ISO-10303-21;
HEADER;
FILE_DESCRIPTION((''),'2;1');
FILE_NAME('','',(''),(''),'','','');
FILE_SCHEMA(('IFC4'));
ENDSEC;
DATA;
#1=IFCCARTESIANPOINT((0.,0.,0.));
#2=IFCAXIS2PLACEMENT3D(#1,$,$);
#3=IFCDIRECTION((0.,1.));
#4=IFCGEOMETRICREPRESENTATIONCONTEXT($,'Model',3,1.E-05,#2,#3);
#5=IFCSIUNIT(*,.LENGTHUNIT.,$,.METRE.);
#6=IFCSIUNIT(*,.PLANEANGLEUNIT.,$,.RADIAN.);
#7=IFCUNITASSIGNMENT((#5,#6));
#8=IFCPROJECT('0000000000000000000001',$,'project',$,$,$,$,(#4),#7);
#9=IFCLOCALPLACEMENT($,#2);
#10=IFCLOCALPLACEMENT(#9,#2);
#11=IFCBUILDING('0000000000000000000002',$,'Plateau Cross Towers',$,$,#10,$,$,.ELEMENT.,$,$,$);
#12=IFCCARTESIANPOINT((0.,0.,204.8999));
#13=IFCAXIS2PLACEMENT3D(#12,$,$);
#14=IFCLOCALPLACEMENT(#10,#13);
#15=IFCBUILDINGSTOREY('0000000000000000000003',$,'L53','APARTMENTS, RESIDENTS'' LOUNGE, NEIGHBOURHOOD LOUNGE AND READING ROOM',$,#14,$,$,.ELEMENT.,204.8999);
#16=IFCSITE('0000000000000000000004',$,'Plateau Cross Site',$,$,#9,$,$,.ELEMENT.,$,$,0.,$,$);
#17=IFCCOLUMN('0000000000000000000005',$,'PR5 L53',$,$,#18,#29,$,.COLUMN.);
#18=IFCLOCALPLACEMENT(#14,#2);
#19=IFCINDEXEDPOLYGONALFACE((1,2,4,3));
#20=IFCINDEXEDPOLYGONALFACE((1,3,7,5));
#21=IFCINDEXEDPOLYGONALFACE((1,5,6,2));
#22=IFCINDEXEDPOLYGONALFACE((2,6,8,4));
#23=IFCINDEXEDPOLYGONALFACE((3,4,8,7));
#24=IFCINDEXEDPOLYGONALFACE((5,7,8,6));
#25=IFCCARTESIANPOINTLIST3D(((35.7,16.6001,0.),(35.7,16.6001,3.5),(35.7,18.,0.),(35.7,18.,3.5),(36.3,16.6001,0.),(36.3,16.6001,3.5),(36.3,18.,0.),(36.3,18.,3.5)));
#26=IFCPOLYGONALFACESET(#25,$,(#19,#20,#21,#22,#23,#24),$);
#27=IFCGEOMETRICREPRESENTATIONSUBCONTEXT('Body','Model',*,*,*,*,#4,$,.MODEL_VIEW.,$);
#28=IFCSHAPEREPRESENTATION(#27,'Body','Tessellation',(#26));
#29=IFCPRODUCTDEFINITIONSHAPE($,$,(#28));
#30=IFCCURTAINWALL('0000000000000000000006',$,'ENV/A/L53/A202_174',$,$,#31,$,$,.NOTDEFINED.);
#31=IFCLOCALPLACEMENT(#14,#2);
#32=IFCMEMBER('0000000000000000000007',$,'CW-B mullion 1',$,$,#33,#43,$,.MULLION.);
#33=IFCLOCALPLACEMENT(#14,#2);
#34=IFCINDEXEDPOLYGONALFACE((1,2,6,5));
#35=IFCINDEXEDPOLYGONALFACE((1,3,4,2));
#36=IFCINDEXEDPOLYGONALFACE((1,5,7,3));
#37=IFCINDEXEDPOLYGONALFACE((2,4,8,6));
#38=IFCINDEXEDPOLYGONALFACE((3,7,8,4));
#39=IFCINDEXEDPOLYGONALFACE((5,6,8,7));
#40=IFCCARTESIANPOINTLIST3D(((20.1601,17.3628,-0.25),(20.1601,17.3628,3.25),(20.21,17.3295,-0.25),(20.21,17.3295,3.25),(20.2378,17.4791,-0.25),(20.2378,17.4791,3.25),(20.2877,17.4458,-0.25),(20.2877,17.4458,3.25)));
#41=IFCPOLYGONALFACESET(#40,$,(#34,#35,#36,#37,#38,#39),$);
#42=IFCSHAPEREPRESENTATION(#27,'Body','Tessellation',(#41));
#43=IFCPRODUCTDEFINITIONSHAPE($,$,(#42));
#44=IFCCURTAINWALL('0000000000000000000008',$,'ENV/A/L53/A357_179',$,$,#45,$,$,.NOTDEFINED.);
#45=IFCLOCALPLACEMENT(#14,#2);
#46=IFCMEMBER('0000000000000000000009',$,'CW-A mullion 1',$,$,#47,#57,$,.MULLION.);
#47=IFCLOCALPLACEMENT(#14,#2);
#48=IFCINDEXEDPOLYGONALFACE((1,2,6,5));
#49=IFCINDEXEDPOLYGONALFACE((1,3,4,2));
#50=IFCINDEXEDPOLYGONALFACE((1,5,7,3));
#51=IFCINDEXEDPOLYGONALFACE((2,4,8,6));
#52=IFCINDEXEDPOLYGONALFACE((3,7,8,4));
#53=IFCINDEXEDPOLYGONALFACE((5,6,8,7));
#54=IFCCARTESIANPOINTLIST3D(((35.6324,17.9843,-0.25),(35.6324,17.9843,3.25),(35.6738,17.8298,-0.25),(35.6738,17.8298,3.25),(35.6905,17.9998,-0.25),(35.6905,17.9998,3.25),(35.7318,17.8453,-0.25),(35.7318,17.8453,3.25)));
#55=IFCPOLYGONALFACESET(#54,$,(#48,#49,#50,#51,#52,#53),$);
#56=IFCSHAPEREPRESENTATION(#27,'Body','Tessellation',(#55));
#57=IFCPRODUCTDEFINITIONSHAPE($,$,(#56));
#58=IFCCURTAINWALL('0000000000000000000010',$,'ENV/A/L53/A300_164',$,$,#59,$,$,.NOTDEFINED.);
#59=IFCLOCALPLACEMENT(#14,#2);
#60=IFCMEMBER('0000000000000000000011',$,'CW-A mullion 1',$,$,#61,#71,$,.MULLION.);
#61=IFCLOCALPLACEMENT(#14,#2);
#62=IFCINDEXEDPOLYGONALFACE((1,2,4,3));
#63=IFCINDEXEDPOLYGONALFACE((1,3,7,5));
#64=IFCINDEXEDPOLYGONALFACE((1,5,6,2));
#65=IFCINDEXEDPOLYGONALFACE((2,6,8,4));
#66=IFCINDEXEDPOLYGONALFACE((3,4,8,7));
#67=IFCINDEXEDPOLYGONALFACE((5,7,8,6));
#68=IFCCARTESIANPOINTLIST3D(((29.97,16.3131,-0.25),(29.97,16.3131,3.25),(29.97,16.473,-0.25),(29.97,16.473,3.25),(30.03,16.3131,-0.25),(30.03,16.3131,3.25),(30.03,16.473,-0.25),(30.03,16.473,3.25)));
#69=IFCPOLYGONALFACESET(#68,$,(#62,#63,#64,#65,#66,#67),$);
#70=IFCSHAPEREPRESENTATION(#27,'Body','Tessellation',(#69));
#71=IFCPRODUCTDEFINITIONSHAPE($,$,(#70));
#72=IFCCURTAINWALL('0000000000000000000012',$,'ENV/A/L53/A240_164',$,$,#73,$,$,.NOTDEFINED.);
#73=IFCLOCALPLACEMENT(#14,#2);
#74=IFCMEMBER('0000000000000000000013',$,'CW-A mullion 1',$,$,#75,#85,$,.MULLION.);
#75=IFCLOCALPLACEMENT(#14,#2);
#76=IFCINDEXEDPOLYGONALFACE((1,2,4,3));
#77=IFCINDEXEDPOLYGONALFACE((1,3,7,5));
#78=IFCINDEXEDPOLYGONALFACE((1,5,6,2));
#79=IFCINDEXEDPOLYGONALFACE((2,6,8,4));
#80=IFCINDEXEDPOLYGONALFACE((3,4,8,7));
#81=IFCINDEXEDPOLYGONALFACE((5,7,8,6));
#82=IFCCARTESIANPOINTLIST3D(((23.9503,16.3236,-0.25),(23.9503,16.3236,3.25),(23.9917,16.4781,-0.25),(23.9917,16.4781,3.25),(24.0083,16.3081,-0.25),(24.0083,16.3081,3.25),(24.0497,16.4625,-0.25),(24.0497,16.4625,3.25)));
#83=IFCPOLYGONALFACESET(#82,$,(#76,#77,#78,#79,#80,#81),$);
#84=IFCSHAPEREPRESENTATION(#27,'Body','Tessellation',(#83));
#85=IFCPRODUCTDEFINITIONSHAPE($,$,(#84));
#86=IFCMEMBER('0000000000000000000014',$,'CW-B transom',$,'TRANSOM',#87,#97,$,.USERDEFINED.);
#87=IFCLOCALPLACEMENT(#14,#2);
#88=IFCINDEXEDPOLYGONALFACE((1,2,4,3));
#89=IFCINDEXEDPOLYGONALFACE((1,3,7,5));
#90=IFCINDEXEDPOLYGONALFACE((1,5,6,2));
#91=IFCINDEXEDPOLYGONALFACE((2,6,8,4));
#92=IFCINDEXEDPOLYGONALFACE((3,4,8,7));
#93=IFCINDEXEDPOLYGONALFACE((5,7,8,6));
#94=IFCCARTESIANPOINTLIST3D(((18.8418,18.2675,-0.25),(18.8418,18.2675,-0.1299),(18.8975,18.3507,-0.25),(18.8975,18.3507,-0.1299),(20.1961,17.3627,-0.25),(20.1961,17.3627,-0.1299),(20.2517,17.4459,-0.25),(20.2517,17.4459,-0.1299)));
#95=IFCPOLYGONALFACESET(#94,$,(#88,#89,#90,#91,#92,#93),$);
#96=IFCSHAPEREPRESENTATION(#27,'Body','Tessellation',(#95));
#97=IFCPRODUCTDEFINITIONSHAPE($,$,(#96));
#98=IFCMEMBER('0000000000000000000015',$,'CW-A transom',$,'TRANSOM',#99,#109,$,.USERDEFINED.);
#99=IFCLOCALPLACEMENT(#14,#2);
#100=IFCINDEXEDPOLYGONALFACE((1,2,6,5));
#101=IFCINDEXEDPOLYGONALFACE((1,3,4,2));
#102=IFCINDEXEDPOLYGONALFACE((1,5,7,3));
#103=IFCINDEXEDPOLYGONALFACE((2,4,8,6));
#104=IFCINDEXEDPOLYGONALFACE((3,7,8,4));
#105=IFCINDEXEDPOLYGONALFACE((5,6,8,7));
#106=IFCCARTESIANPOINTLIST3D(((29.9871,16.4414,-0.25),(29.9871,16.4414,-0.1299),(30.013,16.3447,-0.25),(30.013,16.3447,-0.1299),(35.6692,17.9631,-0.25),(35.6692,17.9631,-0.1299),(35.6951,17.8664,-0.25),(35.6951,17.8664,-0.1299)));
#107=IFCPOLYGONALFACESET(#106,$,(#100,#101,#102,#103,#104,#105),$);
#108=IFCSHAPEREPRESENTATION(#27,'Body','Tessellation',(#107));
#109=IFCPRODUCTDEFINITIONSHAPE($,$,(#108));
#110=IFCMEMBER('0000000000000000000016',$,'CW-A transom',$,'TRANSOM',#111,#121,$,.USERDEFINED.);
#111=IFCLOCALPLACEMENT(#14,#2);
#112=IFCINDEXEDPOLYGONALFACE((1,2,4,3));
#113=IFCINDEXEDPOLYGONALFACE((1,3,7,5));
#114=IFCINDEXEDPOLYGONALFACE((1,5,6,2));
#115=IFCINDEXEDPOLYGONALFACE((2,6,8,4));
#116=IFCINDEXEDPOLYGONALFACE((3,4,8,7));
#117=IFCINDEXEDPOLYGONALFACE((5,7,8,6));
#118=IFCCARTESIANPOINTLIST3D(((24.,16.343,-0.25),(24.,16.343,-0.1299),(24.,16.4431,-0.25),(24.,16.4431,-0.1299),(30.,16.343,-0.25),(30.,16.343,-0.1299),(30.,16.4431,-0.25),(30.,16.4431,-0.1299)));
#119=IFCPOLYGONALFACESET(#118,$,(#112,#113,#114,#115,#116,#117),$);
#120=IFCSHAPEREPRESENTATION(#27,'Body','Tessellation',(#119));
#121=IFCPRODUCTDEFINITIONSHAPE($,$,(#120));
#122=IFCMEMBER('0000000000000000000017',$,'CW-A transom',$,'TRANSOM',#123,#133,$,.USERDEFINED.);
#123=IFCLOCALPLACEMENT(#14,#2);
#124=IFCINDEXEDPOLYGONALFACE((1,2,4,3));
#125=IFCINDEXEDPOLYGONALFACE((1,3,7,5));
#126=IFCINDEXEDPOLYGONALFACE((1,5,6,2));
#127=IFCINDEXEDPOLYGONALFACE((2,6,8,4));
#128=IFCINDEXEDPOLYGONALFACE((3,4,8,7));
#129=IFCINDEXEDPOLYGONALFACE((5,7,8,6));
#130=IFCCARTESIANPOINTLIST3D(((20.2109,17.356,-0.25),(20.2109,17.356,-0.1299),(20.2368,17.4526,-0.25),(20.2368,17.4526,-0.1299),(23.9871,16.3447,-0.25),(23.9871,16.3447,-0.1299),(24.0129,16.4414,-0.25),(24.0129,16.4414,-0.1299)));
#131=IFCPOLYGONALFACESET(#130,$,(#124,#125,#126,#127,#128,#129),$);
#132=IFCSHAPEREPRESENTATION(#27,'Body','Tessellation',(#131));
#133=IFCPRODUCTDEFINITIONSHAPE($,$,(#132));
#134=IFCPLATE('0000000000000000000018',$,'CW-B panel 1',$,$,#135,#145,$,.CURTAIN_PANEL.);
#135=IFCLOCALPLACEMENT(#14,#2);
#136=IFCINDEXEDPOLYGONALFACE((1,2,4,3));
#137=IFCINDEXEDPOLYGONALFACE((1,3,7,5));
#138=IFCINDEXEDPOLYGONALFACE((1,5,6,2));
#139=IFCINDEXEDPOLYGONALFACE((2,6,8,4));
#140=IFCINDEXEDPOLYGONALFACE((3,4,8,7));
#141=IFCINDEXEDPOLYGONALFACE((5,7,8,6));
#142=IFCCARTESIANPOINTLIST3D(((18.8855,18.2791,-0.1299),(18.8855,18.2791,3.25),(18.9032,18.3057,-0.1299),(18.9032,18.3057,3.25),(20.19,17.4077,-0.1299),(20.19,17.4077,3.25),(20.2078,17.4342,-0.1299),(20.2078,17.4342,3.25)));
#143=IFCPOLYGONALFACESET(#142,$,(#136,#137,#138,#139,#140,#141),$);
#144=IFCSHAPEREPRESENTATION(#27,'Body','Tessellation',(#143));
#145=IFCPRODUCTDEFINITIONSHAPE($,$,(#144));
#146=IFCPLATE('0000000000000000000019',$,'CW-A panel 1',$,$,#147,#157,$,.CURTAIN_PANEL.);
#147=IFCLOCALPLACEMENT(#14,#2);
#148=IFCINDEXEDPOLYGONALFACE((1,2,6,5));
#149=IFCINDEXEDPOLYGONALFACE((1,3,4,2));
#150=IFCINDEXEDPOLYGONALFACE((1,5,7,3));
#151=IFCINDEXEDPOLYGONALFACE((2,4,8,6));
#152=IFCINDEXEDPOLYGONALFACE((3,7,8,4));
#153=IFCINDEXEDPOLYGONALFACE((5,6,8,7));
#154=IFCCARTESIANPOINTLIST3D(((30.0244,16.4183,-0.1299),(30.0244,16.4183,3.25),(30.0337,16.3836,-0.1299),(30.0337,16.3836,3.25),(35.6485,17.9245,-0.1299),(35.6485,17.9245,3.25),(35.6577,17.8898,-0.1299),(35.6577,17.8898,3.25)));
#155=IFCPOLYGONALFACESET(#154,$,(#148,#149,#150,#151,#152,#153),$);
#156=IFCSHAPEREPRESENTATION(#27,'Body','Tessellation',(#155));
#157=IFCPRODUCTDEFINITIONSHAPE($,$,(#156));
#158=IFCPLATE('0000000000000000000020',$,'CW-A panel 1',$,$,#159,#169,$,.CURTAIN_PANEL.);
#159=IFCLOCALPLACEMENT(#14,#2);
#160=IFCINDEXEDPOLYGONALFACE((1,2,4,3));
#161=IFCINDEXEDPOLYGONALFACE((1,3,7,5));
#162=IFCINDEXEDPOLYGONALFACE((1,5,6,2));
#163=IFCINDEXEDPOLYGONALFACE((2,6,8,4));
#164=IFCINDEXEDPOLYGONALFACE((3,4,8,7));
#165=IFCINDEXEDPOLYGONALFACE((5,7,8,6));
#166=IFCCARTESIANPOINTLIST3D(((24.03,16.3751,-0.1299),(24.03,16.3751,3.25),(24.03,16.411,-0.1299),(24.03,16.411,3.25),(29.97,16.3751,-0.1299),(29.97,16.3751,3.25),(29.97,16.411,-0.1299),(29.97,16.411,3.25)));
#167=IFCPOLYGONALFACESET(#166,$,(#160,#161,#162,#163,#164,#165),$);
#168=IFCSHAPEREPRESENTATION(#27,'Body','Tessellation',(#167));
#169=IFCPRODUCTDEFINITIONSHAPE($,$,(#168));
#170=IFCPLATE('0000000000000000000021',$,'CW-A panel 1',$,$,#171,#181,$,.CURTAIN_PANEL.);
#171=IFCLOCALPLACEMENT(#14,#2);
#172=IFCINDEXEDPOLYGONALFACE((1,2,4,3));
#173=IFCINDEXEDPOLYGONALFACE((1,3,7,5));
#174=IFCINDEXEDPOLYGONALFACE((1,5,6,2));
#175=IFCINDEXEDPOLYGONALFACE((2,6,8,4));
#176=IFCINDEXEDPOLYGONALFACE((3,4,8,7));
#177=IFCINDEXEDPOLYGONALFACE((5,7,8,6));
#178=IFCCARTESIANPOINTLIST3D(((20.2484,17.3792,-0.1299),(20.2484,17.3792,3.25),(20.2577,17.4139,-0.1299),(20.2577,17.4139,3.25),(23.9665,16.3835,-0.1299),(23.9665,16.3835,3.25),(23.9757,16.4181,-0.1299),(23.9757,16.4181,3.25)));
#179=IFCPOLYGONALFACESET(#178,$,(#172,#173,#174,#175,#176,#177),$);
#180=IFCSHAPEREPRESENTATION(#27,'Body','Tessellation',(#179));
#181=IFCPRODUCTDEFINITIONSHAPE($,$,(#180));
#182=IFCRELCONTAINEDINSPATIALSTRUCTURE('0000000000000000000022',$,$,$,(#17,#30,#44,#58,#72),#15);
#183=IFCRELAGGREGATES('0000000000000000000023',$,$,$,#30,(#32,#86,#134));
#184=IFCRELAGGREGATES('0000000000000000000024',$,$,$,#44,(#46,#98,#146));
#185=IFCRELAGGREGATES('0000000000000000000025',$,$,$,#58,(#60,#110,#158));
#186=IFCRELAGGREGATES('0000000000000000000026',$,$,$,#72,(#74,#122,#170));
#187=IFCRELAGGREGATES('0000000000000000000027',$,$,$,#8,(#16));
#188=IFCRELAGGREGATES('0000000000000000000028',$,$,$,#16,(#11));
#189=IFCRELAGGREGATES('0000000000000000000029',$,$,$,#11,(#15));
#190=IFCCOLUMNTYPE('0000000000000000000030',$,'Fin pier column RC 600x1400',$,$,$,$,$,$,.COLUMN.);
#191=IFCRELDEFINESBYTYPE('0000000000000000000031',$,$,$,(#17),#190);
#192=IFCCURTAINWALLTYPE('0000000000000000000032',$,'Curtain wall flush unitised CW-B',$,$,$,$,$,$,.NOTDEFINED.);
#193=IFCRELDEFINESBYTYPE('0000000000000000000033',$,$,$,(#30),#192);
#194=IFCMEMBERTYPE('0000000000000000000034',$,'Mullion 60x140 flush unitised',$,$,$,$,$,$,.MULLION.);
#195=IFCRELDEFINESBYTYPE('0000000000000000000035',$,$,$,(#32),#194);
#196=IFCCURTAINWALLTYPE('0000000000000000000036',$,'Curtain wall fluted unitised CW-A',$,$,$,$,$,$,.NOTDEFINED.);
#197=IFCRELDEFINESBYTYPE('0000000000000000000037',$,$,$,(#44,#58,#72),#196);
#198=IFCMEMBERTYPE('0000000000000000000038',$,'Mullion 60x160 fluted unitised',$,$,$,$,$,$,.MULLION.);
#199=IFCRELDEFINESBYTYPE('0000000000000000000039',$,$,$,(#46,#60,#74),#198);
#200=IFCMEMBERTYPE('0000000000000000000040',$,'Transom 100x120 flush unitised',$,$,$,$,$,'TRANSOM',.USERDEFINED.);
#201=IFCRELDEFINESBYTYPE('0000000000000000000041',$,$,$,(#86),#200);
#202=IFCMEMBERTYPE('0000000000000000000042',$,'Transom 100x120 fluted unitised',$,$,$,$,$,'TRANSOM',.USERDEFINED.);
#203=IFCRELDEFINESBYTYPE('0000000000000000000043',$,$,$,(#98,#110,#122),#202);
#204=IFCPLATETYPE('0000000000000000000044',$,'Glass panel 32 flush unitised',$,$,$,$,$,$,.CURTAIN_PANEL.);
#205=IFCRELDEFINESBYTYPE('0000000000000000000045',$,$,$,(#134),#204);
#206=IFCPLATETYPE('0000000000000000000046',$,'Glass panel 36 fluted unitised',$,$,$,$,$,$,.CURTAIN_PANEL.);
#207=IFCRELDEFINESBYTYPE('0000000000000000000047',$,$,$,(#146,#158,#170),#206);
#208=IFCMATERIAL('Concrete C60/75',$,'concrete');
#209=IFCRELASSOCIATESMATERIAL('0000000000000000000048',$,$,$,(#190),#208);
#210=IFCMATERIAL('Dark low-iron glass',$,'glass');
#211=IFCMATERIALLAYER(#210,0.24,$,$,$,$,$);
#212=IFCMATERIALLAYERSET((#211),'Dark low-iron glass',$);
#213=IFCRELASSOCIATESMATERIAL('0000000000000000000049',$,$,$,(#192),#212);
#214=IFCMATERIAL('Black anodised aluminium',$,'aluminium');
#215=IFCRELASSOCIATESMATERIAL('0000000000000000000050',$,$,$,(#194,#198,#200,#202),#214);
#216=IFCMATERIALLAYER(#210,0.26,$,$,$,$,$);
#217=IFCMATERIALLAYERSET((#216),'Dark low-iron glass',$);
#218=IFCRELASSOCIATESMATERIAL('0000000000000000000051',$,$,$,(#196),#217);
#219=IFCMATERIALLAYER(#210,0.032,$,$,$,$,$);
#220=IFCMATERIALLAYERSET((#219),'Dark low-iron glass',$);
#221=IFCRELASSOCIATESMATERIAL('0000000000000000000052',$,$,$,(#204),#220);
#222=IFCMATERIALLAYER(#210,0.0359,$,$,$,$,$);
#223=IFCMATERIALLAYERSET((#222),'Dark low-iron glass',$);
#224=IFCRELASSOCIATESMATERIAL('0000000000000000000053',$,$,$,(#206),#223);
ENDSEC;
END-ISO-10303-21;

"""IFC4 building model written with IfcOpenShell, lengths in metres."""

from ifc_helpers import new_model, si_unit, direction, frame, origin, origin_2d, place, context, subcontext, project, spatial, rectangle, extrude, material, layer, layer_set, material_profile, profile_set, type_object, element, aggregate, save


model = new_model("IFC4")

# Units and contexts
model_context = context("Model", 3, precision=1e-05, world=origin(), true_north=direction((0.0, 1.0)))
body_context = subcontext(model_context, "Body", "Model", "MODEL_VIEW")
ifc_project = project(units=[si_unit("LENGTHUNIT", "METRE"), si_unit("PLANEANGLEUNIT", "RADIAN")], contexts=[model_context])

# Site, building, storey
site_placement = place(None, origin())
site = spatial("IfcSite", under=ifc_project, at=site_placement, Name="Plateau Cross Site", CompositionType="ELEMENT", RefElevation=0.0)
building_placement = place(site_placement, origin())
building = spatial("IfcBuilding", under=site, at=building_placement, Name="Plateau Cross Towers", CompositionType="ELEMENT")
storey_placement = place(building_placement, frame((0.0, 0.0, 204.8999)))
storey = spatial("IfcBuildingStorey", under=building, at=storey_placement, Name="L53", Description="APARTMENTS, RESIDENTS' LOUNGE, NEIGHBOURHOOD LOUNGE AND READING ROOM", CompositionType="ELEMENT", Elevation=204.8999)

# Column
ifc_material_1 = material(Name="Concrete C60/75", Category="concrete")
ifc_material_profile_1 = material_profile(ifc_material_1, rectangle(XDim=0.6001, YDim=1.3999, at=origin_2d()), Name="RC 600x1400")
ifc_profile_set_1 = profile_set([ifc_material_profile_1], Name="Concrete C60/75")
column_type = type_object("IfcColumnType", Name="Fin pier column RC 600x1400", PredefinedType="COLUMN", material=ifc_profile_set_1)
column_placement = place(storey_placement, frame((36.0, 17.3, 0.0), z_axis=(0.0, 0.0, 1.0), x_axis=(1.0, 0.0, 0.0)))
element("IfcColumn", 1, at=column_placement, inside=storey, type_object=column_type, Name="PR5 L53", PredefinedType="COLUMN", context=body_context, shape_type="SweptSolid", body=[
    extrude(rectangle(XDim=0.6001, YDim=1.3999, at=origin_2d()), origin(), (0.0, 0.0, 1.0), 3.5),
])

# Curtain walls, members
ifc_material_2 = material(Name="Dark low-iron glass", Category="glass")
ifc_layer_1 = layer(ifc_material_2, 0.24)
ifc_layer_set_1 = layer_set([ifc_layer_1], Name="Dark low-iron glass")
curtain_wall_type_1 = type_object("IfcCurtainWallType", Name="Curtain wall flush unitised CW-B", PredefinedType="NOTDEFINED", material=ifc_layer_set_1)
curtain_wall_1_placement = place(storey_placement, origin())
curtain_wall_1 = element("IfcCurtainWall", 2, at=curtain_wall_1_placement, inside=storey, type_object=curtain_wall_type_1, Name="ENV/A/L53/A202_174", PredefinedType="NOTDEFINED")
ifc_material_3 = material(Name="Black anodised aluminium", Category="aluminium")
ifc_material_profile_2 = material_profile(ifc_material_3, rectangle(XDim=0.0601, YDim=0.1399, at=origin_2d()), Name="MULLION 60x140")
ifc_profile_set_2 = profile_set([ifc_material_profile_2], Name="Black anodised aluminium")
member_type_1 = type_object("IfcMemberType", Name="Mullion 60x140 flush unitised", PredefinedType="MULLION", material=ifc_profile_set_2)
member_1_placement = place(storey_placement, frame((20.2239, 17.4043, -0.25), z_axis=(0.0, 0.0, 1.0), x_axis=(-0.831521, 0.555493, 0.0)))
member_1 = element("IfcMember", 3, at=member_1_placement, type_object=member_type_1, Name="CW-B mullion 1", PredefinedType="MULLION", context=body_context, shape_type="SweptSolid", body=[
    extrude(rectangle(XDim=0.0601, YDim=0.1399, at=origin_2d()), origin(), (0.0, 0.0, 1.0), 3.5),
])
ifc_layer_2 = layer(ifc_material_2, 0.26)
ifc_layer_set_2 = layer_set([ifc_layer_2], Name="Dark low-iron glass")
curtain_wall_type_2 = type_object("IfcCurtainWallType", Name="Curtain wall fluted unitised CW-A", PredefinedType="NOTDEFINED", material=ifc_layer_set_2)
curtain_wall_2_placement = place(storey_placement, origin())
curtain_wall_2 = element("IfcCurtainWall", 4, at=curtain_wall_2_placement, inside=storey, type_object=curtain_wall_type_2, Name="ENV/A/L53/A357_179", PredefinedType="NOTDEFINED")
ifc_material_profile_3 = material_profile(ifc_material_3, rectangle(XDim=0.0601, YDim=0.1599, at=origin_2d()), Name="MULLION 60x160")
ifc_profile_set_3 = profile_set([ifc_material_profile_3], Name="Black anodised aluminium")
member_type_2 = type_object("IfcMemberType", Name="Mullion 60x160 fluted unitised", PredefinedType="MULLION", material=ifc_profile_set_3)
member_2_placement = place(storey_placement, frame((35.6821, 17.9148, -0.25), z_axis=(0.0, 0.0, 1.0), x_axis=(-0.965958, -0.258699, 0.0)))
member_2 = element("IfcMember", 5, at=member_2_placement, type_object=member_type_2, Name="CW-A mullion 1", PredefinedType="MULLION", context=body_context, shape_type="SweptSolid", body=[
    extrude(rectangle(XDim=0.0601, YDim=0.1599, at=origin_2d()), origin(), (0.0, 0.0, 1.0), 3.5),
])
curtain_wall_3_placement = place(storey_placement, origin())
curtain_wall_3 = element("IfcCurtainWall", 6, at=curtain_wall_3_placement, inside=storey, type_object=curtain_wall_type_2, Name="ENV/A/L53/A300_164", PredefinedType="NOTDEFINED")
member_3_placement = place(storey_placement, frame((30.0, 16.3931, -0.25), z_axis=(0.0, 0.0, 1.0), x_axis=(-1.0, 0.0, 0.0)))
member_3 = element("IfcMember", 7, at=member_3_placement, type_object=member_type_2, Name="CW-A mullion 1", PredefinedType="MULLION", context=body_context, shape_type="SweptSolid", body=[
    extrude(rectangle(XDim=0.0601, YDim=0.1599, at=origin_2d()), origin(), (0.0, 0.0, 1.0), 3.5),
])
curtain_wall_4_placement = place(storey_placement, origin())
curtain_wall_4 = element("IfcCurtainWall", 8, at=curtain_wall_4_placement, inside=storey, type_object=curtain_wall_type_2, Name="ENV/A/L53/A240_164", PredefinedType="NOTDEFINED")
member_4_placement = place(storey_placement, frame((24.0, 16.3931, -0.25), z_axis=(0.0, 0.0, 1.0), x_axis=(-0.965958, 0.258699, 0.0)))
member_4 = element("IfcMember", 9, at=member_4_placement, type_object=member_type_2, Name="CW-A mullion 1", PredefinedType="MULLION", context=body_context, shape_type="SweptSolid", body=[
    extrude(rectangle(XDim=0.0601, YDim=0.1599, at=origin_2d()), origin(), (0.0, 0.0, 1.0), 3.5),
])

# Members
ifc_material_profile_4 = material_profile(ifc_material_3, rectangle(XDim=0.1001, YDim=0.1201, at=origin_2d()), Name="TRANSOM 100x120")
ifc_profile_set_4 = profile_set([ifc_material_profile_4], Name="Black anodised aluminium")
member_type_3 = type_object("IfcMemberType", Name="Transom 100x120 flush unitised", ElementType="TRANSOM", PredefinedType="USERDEFINED", material=ifc_profile_set_4)
member_5_placement = place(storey_placement, frame((20.2239, 17.4043, -0.1899), z_axis=(-0.831496, 0.55553, 0.0), x_axis=(-0.55553, -0.831496, 0.0)))
member_5 = element("IfcMember", 10, at=member_5_placement, type_object=member_type_3, Name="CW-B transom", ObjectType="TRANSOM", PredefinedType="USERDEFINED", context=body_context, shape_type="SweptSolid", body=[
    extrude(rectangle(XDim=0.1001, YDim=0.1201, at=origin_2d()), origin(), (0.0, 0.0, 1.0), 1.6287),
])
ifc_material_profile_5 = material_profile(ifc_material_3, rectangle(XDim=0.1001, YDim=0.1201, at=origin_2d()), Name="TRANSOM 100x120")
ifc_profile_set_5 = profile_set([ifc_material_profile_5], Name="Black anodised aluminium")
member_type_4 = type_object("IfcMemberType", Name="Transom 100x120 fluted unitised", ElementType="TRANSOM", PredefinedType="USERDEFINED", material=ifc_profile_set_5)
member_6_placement = place(storey_placement, frame((35.6821, 17.9148, -0.1899), z_axis=(-0.96596, -0.258693, 0.0), x_axis=(0.258693, -0.96596, 0.0)))
member_6 = element("IfcMember", 11, at=member_6_placement, type_object=member_type_4, Name="CW-A transom", ObjectType="TRANSOM", PredefinedType="USERDEFINED", context=body_context, shape_type="SweptSolid", body=[
    extrude(rectangle(XDim=0.1001, YDim=0.1201, at=origin_2d()), origin(), (0.0, 0.0, 1.0), 5.8823),
])
member_7_placement = place(storey_placement, frame((30.0, 16.3931, -0.1899), z_axis=(-1.0, 0.0, 0.0), x_axis=(0.0, -1.0, 0.0)))
member_7 = element("IfcMember", 12, at=member_7_placement, type_object=member_type_4, Name="CW-A transom", ObjectType="TRANSOM", PredefinedType="USERDEFINED", context=body_context, shape_type="SweptSolid", body=[
    extrude(rectangle(XDim=0.1001, YDim=0.1201, at=origin_2d()), origin(), (0.0, 0.0, 1.0), 6.0),
])
member_8_placement = place(storey_placement, frame((24.0, 16.3931, -0.1899), z_axis=(-0.965963, 0.258681, 0.0), x_axis=(-0.258681, -0.965963, 0.0)))
member_8 = element("IfcMember", 13, at=member_8_placement, type_object=member_type_4, Name="CW-A transom", ObjectType="TRANSOM", PredefinedType="USERDEFINED", context=body_context, shape_type="SweptSolid", body=[
    extrude(rectangle(XDim=0.1001, YDim=0.1201, at=origin_2d()), origin(), (0.0, 0.0, 1.0), 3.9092),
])

# Plates
ifc_layer_3 = layer(ifc_material_2, 0.032)
ifc_layer_set_3 = layer_set([ifc_layer_3], Name="Dark low-iron glass")
plate_type_1 = type_object("IfcPlateType", Name="Glass panel 32 flush unitised", PredefinedType="CURTAIN_PANEL", material=ifc_layer_set_3)
plate_1_placement = place(storey_placement, frame((19.5466, 17.8567, -0.1299), z_axis=(0.0, 0.0, 1.0), x_axis=(-0.831521, 0.555493, 0.0)))
plate_1 = element("IfcPlate", 14, at=plate_1_placement, type_object=plate_type_1, Name="CW-B panel 1", PredefinedType="CURTAIN_PANEL", context=body_context, shape_type="SweptSolid", body=[
    extrude(rectangle(XDim=1.5688, YDim=0.032, at=origin_2d()), origin(), (0.0, 0.0, 1.0), 3.3799),
])
aggregate(curtain_wall_1, [member_1, member_5, plate_1])
ifc_layer_4 = layer(ifc_material_2, 0.0359)
ifc_layer_set_4 = layer_set([ifc_layer_4], Name="Dark low-iron glass")
plate_type_2 = type_object("IfcPlateType", Name="Glass panel 36 fluted unitised", PredefinedType="CURTAIN_PANEL", material=ifc_layer_set_4)
plate_2_placement = place(storey_placement, frame((32.8411, 17.1541, -0.1299), z_axis=(0.0, 0.0, 1.0), x_axis=(-0.965958, -0.258699, 0.0)))
plate_2 = element("IfcPlate", 15, at=plate_2_placement, type_object=plate_type_2, Name="CW-A panel 1", PredefinedType="CURTAIN_PANEL", context=body_context, shape_type="SweptSolid", body=[
    extrude(rectangle(XDim=5.8223, YDim=0.0359, at=origin_2d()), origin(), (0.0, 0.0, 1.0), 3.3799),
])
aggregate(curtain_wall_2, [member_2, member_6, plate_2])
plate_3_placement = place(storey_placement, frame((27.0, 16.3931, -0.1299), z_axis=(0.0, 0.0, 1.0), x_axis=(-1.0, 0.0, 0.0)))
plate_3 = element("IfcPlate", 16, at=plate_3_placement, type_object=plate_type_2, Name="CW-A panel 1", PredefinedType="CURTAIN_PANEL", context=body_context, shape_type="SweptSolid", body=[
    extrude(rectangle(XDim=5.9399, YDim=0.0359, at=origin_2d()), origin(), (0.0, 0.0, 1.0), 3.3799),
])
aggregate(curtain_wall_3, [member_3, member_7, plate_3])
plate_4_placement = place(storey_placement, frame((22.1121, 16.8987, -0.1299), z_axis=(0.0, 0.0, 1.0), x_axis=(-0.965958, 0.258699, 0.0)))
plate_4 = element("IfcPlate", 17, at=plate_4_placement, type_object=plate_type_2, Name="CW-A panel 1", PredefinedType="CURTAIN_PANEL", context=body_context, shape_type="SweptSolid", body=[
    extrude(rectangle(XDim=3.8491, YDim=0.0359, at=origin_2d()), origin(), (0.0, 0.0, 1.0), 3.3799),
])
aggregate(curtain_wall_4, [member_4, member_8, plate_4])

save(model, "model.ifc")
